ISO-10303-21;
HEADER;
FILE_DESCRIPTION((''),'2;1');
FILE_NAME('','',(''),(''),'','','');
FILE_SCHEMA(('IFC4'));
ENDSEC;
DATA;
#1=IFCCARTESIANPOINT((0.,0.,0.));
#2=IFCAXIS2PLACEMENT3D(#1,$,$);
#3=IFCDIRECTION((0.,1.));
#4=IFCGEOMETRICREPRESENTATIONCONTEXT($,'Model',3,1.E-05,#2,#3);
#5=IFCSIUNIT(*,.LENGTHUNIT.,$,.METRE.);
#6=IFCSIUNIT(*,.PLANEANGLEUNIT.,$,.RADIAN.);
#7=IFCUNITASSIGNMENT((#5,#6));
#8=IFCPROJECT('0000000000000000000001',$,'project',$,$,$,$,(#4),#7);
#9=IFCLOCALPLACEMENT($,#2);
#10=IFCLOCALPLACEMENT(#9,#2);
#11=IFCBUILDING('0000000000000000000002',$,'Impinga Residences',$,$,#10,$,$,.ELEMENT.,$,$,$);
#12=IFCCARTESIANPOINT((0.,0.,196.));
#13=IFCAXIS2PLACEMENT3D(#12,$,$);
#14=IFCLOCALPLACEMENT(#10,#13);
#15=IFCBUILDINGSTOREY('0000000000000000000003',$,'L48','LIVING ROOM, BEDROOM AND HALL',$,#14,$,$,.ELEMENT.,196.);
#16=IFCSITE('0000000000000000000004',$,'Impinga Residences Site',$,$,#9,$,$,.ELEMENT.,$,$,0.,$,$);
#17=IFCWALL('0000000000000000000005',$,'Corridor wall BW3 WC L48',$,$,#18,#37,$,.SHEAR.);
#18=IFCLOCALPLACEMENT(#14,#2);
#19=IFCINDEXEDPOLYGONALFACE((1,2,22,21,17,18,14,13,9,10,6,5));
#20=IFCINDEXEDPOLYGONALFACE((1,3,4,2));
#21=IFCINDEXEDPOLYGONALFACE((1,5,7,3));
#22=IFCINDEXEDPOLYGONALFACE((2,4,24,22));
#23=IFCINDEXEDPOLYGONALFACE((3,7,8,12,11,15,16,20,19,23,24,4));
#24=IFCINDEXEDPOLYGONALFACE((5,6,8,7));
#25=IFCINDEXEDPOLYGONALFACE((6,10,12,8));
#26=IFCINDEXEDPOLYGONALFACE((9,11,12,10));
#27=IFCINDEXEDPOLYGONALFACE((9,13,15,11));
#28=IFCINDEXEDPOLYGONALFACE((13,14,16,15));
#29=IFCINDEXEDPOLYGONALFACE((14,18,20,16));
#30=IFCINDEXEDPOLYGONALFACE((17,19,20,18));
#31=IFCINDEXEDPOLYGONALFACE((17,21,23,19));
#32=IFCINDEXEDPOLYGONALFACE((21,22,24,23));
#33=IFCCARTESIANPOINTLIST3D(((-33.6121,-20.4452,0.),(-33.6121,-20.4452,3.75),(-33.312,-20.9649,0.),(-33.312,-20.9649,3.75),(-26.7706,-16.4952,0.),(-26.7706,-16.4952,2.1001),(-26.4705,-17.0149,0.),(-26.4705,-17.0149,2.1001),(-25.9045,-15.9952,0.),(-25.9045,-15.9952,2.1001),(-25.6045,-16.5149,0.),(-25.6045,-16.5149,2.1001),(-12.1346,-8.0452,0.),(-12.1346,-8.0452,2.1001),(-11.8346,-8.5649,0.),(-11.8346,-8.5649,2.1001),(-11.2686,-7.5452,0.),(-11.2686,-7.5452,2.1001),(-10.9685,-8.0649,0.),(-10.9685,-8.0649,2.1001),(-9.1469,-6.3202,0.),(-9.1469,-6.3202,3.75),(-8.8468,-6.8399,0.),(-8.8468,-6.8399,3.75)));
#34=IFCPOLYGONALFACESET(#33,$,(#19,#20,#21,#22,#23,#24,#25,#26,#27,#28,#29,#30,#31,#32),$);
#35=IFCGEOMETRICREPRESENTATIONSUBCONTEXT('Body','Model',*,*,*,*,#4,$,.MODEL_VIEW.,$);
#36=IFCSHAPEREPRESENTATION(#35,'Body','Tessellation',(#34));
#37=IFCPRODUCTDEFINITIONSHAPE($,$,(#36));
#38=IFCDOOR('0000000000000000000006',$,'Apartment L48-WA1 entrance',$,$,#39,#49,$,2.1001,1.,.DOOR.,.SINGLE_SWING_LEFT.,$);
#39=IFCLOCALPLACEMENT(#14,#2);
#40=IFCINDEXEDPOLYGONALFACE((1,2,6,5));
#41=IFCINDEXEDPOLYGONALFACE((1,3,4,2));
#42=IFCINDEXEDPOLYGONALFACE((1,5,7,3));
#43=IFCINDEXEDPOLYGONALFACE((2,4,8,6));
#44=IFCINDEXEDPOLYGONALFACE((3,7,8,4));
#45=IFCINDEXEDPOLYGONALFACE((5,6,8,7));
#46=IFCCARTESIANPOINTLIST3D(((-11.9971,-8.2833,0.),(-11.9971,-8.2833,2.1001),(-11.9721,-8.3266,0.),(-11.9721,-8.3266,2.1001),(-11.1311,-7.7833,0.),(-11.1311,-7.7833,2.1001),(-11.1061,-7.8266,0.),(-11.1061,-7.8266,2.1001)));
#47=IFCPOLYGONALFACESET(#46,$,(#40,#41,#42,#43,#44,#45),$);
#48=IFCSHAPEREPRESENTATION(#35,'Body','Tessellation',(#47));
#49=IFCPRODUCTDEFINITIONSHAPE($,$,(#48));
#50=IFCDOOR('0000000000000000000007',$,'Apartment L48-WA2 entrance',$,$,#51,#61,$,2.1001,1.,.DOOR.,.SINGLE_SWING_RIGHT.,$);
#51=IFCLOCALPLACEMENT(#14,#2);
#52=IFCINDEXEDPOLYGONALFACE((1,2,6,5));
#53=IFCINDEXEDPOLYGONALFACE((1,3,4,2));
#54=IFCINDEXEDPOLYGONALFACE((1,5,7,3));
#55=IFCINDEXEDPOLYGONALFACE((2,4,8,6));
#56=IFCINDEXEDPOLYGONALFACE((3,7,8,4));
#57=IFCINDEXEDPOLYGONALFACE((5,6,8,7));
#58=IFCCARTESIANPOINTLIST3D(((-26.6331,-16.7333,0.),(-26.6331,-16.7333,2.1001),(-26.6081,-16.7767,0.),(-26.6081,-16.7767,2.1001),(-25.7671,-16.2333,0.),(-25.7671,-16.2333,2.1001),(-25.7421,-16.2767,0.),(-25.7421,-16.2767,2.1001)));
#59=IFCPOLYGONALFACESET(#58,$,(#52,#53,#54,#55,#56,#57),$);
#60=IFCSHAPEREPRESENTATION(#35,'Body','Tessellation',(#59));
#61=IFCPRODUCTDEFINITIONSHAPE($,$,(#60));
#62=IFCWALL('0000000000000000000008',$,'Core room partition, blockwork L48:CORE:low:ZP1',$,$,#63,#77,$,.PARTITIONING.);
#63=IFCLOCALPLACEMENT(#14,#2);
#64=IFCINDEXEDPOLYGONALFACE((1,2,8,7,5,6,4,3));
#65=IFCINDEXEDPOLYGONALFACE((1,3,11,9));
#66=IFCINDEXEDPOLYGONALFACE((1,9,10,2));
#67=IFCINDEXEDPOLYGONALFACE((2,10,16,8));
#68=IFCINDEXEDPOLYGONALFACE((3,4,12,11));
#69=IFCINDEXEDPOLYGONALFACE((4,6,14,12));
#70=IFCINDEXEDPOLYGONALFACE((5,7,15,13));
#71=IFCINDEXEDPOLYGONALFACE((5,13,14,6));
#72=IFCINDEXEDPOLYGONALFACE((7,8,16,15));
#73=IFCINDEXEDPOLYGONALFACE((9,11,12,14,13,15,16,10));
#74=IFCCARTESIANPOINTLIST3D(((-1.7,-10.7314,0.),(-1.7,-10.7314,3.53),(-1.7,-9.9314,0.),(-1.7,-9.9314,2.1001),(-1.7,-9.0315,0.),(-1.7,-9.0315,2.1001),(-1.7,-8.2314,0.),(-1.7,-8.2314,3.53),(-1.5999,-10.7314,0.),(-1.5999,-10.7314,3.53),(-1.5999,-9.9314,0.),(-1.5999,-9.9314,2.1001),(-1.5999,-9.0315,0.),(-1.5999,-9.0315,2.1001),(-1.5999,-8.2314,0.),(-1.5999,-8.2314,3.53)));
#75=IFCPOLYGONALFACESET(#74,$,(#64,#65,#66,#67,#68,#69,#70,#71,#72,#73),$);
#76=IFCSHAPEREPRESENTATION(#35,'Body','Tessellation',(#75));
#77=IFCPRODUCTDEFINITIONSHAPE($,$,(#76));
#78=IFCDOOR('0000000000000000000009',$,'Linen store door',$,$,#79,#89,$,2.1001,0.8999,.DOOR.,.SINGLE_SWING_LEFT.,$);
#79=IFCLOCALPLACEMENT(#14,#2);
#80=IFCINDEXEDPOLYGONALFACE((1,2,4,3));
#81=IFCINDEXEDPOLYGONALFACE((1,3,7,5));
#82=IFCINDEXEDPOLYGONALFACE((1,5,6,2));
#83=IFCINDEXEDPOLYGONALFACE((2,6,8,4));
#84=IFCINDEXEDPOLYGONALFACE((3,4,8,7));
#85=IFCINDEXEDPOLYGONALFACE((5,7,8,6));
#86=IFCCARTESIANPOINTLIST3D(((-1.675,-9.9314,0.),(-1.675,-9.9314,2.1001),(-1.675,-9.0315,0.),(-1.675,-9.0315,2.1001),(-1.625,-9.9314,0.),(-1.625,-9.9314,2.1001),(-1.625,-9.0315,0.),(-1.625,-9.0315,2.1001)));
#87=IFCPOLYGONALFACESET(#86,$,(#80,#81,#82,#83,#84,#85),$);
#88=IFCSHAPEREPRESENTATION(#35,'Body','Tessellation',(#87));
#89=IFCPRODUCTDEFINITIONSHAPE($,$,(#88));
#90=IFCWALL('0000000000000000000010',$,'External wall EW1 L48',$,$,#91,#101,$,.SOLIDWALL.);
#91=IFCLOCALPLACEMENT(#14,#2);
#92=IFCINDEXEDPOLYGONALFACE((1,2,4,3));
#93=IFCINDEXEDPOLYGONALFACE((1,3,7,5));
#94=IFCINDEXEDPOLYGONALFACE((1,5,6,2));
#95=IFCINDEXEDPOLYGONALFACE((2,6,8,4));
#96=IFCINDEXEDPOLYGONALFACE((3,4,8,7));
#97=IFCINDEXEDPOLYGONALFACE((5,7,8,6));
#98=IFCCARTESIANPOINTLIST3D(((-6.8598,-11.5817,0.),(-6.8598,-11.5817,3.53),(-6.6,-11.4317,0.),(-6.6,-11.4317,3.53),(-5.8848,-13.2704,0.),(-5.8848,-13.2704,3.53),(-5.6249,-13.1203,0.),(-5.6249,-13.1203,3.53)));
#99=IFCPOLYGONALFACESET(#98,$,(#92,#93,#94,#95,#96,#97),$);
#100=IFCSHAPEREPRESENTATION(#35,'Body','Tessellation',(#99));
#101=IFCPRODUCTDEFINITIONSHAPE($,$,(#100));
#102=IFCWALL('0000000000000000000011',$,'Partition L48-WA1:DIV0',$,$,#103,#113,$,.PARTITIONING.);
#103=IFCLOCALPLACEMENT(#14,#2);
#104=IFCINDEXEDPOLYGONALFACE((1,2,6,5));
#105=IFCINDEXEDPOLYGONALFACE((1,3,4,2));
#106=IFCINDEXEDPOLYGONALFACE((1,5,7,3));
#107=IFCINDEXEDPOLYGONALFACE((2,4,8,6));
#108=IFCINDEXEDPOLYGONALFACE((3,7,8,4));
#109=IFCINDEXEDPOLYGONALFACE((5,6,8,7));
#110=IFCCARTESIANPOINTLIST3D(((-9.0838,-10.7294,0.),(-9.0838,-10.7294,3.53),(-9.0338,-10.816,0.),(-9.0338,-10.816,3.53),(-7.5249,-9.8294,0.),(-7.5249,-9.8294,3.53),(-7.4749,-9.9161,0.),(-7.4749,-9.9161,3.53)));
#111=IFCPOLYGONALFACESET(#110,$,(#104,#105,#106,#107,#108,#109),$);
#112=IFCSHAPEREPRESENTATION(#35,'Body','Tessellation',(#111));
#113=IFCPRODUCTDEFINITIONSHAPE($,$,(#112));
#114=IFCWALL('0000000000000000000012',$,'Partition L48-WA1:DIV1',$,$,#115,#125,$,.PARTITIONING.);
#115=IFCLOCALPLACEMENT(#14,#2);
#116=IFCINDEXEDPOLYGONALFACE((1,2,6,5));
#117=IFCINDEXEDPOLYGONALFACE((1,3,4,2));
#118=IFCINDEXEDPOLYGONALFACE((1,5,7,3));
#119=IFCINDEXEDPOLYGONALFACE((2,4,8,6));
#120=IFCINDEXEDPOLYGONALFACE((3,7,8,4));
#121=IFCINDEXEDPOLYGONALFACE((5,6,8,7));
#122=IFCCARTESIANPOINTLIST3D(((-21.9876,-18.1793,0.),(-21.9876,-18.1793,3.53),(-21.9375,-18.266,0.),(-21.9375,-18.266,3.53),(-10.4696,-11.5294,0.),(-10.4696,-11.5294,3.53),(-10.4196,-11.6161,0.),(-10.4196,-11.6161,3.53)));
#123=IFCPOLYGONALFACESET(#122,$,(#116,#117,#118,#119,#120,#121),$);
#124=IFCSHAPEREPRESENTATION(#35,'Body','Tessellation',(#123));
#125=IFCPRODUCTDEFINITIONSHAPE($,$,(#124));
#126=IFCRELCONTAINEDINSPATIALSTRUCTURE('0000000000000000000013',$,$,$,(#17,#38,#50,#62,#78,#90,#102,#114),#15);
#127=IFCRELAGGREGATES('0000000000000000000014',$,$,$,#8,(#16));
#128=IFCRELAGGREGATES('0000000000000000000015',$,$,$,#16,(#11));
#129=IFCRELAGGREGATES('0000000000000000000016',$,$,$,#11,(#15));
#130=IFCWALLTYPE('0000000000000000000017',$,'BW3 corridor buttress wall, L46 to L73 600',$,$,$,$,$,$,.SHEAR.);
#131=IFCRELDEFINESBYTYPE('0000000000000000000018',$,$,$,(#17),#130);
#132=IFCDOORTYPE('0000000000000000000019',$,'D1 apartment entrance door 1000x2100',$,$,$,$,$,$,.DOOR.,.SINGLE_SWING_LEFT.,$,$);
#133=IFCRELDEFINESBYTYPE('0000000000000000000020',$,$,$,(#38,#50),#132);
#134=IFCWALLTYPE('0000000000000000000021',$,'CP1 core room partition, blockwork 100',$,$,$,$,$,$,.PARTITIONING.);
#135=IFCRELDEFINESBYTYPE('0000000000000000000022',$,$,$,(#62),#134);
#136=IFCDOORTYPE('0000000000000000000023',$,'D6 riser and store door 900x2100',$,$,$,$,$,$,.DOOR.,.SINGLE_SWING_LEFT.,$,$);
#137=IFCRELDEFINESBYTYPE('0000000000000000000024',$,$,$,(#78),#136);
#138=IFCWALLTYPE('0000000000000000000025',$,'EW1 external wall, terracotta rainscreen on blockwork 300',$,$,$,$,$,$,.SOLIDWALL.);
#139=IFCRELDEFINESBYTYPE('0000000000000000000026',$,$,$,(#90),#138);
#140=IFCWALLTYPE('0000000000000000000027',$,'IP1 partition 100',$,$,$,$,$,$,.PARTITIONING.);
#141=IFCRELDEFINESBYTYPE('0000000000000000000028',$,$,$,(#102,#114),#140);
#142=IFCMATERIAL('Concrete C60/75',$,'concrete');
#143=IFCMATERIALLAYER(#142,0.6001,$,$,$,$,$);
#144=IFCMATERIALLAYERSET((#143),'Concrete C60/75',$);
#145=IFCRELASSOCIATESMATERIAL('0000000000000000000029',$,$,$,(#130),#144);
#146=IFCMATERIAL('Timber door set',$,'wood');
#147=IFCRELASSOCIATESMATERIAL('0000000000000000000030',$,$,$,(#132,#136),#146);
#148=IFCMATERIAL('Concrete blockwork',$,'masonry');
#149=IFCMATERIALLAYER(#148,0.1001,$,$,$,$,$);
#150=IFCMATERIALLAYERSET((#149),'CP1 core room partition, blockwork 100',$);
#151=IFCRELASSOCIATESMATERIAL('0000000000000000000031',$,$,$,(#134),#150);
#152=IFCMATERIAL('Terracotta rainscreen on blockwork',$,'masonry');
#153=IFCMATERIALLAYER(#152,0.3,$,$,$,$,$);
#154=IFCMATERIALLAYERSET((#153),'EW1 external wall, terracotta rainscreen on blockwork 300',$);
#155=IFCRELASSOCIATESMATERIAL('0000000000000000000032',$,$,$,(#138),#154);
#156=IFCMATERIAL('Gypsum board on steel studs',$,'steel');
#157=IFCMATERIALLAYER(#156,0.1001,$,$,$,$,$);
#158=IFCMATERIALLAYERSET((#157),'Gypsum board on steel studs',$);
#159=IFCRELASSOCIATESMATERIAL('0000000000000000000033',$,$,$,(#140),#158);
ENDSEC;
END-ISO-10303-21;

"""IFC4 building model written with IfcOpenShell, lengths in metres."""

from ifc_helpers import new_model, si_unit, direction, frame, frame_2d, origin, place, context, subcontext, project, spatial, rectangle, extrude, material, layer, layer_set, type_object, element, fill, save


model = new_model("IFC4")

# Units and contexts
model_context = context("Model", 3, precision=1e-05, world=origin(), true_north=direction((0.0, 1.0)))
body_context = subcontext(model_context, "Body", "Model", "MODEL_VIEW")
ifc_project = project(units=[si_unit("LENGTHUNIT", "METRE"), si_unit("PLANEANGLEUNIT", "RADIAN")], contexts=[model_context])

# Site, building, storey
site_placement = place(None, origin())
site = spatial("IfcSite", under=ifc_project, at=site_placement, Name="Impinga Residences Site", CompositionType="ELEMENT", RefElevation=0.0)
building_placement = place(site_placement, origin())
building = spatial("IfcBuilding", under=site, at=building_placement, Name="Impinga Residences", CompositionType="ELEMENT")
storey_placement = place(building_placement, frame((0.0, 0.0, 196.0)))
storey = spatial("IfcBuildingStorey", under=building, at=storey_placement, Name="L48", Description="LIVING ROOM, BEDROOM AND HALL", CompositionType="ELEMENT", Elevation=196.0)

# Wall, openings, doors
ifc_material_1 = material(Name="Concrete C60/75", Category="concrete")
ifc_layer_1 = layer(ifc_material_1, 0.6001)
ifc_layer_set_1 = layer_set([ifc_layer_1], Name="Concrete C60/75")
wall_type_1 = type_object("IfcWallType", Name="BW3 corridor buttress wall, L46 to L73 600", PredefinedType="SHEAR", material=ifc_layer_set_1)
wall_1_placement = place(storey_placement, frame((-8.9968, -6.5801, 0.0), z_axis=(0.0, 0.0, 1.0), x_axis=(-0.866026, -0.499998, 0.0)))
wall_1 = element("IfcWall", 1, at=wall_1_placement, inside=storey, type_object=wall_type_1, Name="Corridor wall BW3 WC L48", PredefinedType="SHEAR", context=body_context, shape_type="SweptSolid", body=[
    extrude(rectangle(XDim=28.25, YDim=0.6001, at=frame_2d((14.125, 0.0))), origin(), (0.0, 0.0, 1.0), 3.75),
])
opening_1_placement = place(wall_1_placement, frame((2.45, 0.0, 0.0)))
opening_1 = element("IfcOpeningElement", 2, at=opening_1_placement, cuts=wall_1, PredefinedType="OPENING", context=body_context, shape_type="SweptSolid", body=[
    extrude(rectangle(XDim=1.0, YDim=2.1001, at=frame_2d((0.5, 1.05))), frame((0.0, 0.3101, 0.0), z_axis=(0.0, -1.0, 0.0), x_axis=(1.0, 0.0, 0.0)), (0.0, 0.0, 1.0), 0.6201),
])
opening_2_placement = place(wall_1_placement, frame((19.3501, 0.0, 0.0)))
opening_2 = element("IfcOpeningElement", 3, at=opening_2_placement, cuts=wall_1, PredefinedType="OPENING", context=body_context, shape_type="SweptSolid", body=[
    extrude(rectangle(XDim=1.0, YDim=2.1001, at=frame_2d((0.5, 1.05))), frame((0.0, 0.3101, 0.0), z_axis=(0.0, -1.0, 0.0), x_axis=(1.0, 0.0, 0.0)), (0.0, 0.0, 1.0), 0.6201),
])
ifc_material_2 = material(Name="Timber door set", Category="wood")
door_type_1 = type_object("IfcDoorType", Name="D1 apartment entrance door 1000x2100", OperationType="SINGLE_SWING_LEFT", PredefinedType="DOOR", material=ifc_material_2)
door_1_placement = place(opening_1_placement, origin())
door_1 = element("IfcDoor", 4, at=door_1_placement, inside=storey, type_object=door_type_1, Name="Apartment L48-WA1 entrance", OperationType="SINGLE_SWING_LEFT", OverallHeight=2.1001, OverallWidth=1.0, PredefinedType="DOOR", context=body_context, shape_type="SweptSolid", body=[
    extrude(rectangle(XDim=1.0, YDim=2.1001, at=frame_2d((0.5, 1.05))), frame((0.0, 0.0249, 0.0), z_axis=(0.0, -1.0, 0.0), x_axis=(1.0, 0.0, 0.0)), (0.0, 0.0, 1.0), 0.05),
])
fill(opening_1, door_1)
door_2_placement = place(opening_2_placement, origin())
door_2 = element("IfcDoor", 5, at=door_2_placement, inside=storey, type_object=door_type_1, Name="Apartment L48-WA2 entrance", OperationType="SINGLE_SWING_RIGHT", OverallHeight=2.1001, OverallWidth=1.0, PredefinedType="DOOR", context=body_context, shape_type="SweptSolid", body=[
    extrude(rectangle(XDim=1.0, YDim=2.1001, at=frame_2d((0.5, 1.05))), frame((0.0, 0.0249, 0.0), z_axis=(0.0, -1.0, 0.0), x_axis=(1.0, 0.0, 0.0)), (0.0, 0.0, 1.0), 0.05),
])
fill(opening_2, door_2)

# Wall, opening, door
ifc_material_3 = material(Name="Concrete blockwork", Category="masonry")
ifc_layer_2 = layer(ifc_material_3, 0.1001)
ifc_layer_set_2 = layer_set([ifc_layer_2], Name="CP1 core room partition, blockwork 100")
wall_type_2 = type_object("IfcWallType", Name="CP1 core room partition, blockwork 100", PredefinedType="PARTITIONING", material=ifc_layer_set_2)
wall_2_placement = place(storey_placement, frame((-1.6499, -8.2314, 0.0), z_axis=(0.0, 0.0, 1.0), x_axis=(0.0, -1.0, 0.0)))
wall_2 = element("IfcWall", 6, at=wall_2_placement, inside=storey, type_object=wall_type_2, Name="Core room partition, blockwork L48:CORE:low:ZP1", PredefinedType="PARTITIONING", context=body_context, shape_type="SweptSolid", body=[
    extrude(rectangle(XDim=2.5, YDim=0.1001, at=frame_2d((1.25, 0.0))), origin(), (0.0, 0.0, 1.0), 3.53),
])
opening_3_placement = place(wall_2_placement, frame((0.8, 0.0, 0.0)))
opening_3 = element("IfcOpeningElement", 7, at=opening_3_placement, cuts=wall_2, PredefinedType="OPENING", context=body_context, shape_type="SweptSolid", body=[
    extrude(rectangle(XDim=0.8999, YDim=2.1001, at=frame_2d((0.45, 1.05))), frame((0.0, 0.0601, 0.0), z_axis=(0.0, -1.0, 0.0), x_axis=(1.0, 0.0, 0.0)), (0.0, 0.0, 1.0), 0.1201),
])
door_type_2 = type_object("IfcDoorType", Name="D6 riser and store door 900x2100", OperationType="SINGLE_SWING_LEFT", PredefinedType="DOOR", material=ifc_material_2)
door_3_placement = place(opening_3_placement, origin())
door_3 = element("IfcDoor", 8, at=door_3_placement, inside=storey, type_object=door_type_2, Name="Linen store door", OperationType="SINGLE_SWING_LEFT", OverallHeight=2.1001, OverallWidth=0.8999, PredefinedType="DOOR", context=body_context, shape_type="SweptSolid", body=[
    extrude(rectangle(XDim=0.8999, YDim=2.1001, at=frame_2d((0.45, 1.05))), frame((0.0, 0.0249, 0.0), z_axis=(0.0, -1.0, 0.0), x_axis=(1.0, 0.0, 0.0)), (0.0, 0.0, 1.0), 0.05),
])
fill(opening_3, door_3)

# Walls
ifc_material_4 = material(Name="Terracotta rainscreen on blockwork", Category="masonry")
ifc_layer_3 = layer(ifc_material_4, 0.3)
ifc_layer_set_3 = layer_set([ifc_layer_3], Name="EW1 external wall, terracotta rainscreen on blockwork 300")
wall_type_3 = type_object("IfcWallType", Name="EW1 external wall, terracotta rainscreen on blockwork 300", PredefinedType="SOLIDWALL", material=ifc_layer_set_3)
wall_3_placement = place(storey_placement, frame((-6.73, -11.5066, 0.0), z_axis=(0.0, 0.0, 1.0), x_axis=(0.500044, -0.866, 0.0)))
element("IfcWall", 9, at=wall_3_placement, inside=storey, type_object=wall_type_3, Name="External wall EW1 L48", PredefinedType="SOLIDWALL", context=body_context, shape_type="SweptSolid", body=[
    extrude(rectangle(XDim=1.95, YDim=0.3, at=frame_2d((0.9751, 0.0))), origin(), (0.0, 0.0, 1.0), 3.53),
])
ifc_material_5 = material(Name="Gypsum board on steel studs", Category="steel")
ifc_layer_4 = layer(ifc_material_5, 0.1001)
ifc_layer_set_4 = layer_set([ifc_layer_4], Name="Gypsum board on steel studs")
wall_type_4 = type_object("IfcWallType", Name="IP1 partition 100", PredefinedType="PARTITIONING", material=ifc_layer_set_4)
wall_4_placement = place(storey_placement, frame((-7.5, -9.8728, 0.0), z_axis=(0.0, 0.0, 1.0), x_axis=(-0.866048, -0.499961, 0.0)))
element("IfcWall", 10, at=wall_4_placement, inside=storey, type_object=wall_type_4, Name="Partition L48-WA1:DIV0", PredefinedType="PARTITIONING", context=body_context, shape_type="SweptSolid", body=[
    extrude(rectangle(XDim=1.8, YDim=0.1001, at=frame_2d((0.8999, 0.0))), origin(), (0.0, 0.0, 1.0), 3.53),
])
wall_5_placement = place(storey_placement, frame((-10.4446, -11.5728, 0.0), z_axis=(0.0, 0.0, 1.0), x_axis=(-0.866027, -0.499997, 0.0)))
element("IfcWall", 11, at=wall_5_placement, inside=storey, type_object=wall_type_4, Name="Partition L48-WA1:DIV1", PredefinedType="PARTITIONING", context=body_context, shape_type="SweptSolid", body=[
    extrude(rectangle(XDim=13.2998, YDim=0.1001, at=frame_2d((6.6499, 0.0))), origin(), (0.0, 0.0, 1.0), 3.53),
])

save(model, "model.ifc")
